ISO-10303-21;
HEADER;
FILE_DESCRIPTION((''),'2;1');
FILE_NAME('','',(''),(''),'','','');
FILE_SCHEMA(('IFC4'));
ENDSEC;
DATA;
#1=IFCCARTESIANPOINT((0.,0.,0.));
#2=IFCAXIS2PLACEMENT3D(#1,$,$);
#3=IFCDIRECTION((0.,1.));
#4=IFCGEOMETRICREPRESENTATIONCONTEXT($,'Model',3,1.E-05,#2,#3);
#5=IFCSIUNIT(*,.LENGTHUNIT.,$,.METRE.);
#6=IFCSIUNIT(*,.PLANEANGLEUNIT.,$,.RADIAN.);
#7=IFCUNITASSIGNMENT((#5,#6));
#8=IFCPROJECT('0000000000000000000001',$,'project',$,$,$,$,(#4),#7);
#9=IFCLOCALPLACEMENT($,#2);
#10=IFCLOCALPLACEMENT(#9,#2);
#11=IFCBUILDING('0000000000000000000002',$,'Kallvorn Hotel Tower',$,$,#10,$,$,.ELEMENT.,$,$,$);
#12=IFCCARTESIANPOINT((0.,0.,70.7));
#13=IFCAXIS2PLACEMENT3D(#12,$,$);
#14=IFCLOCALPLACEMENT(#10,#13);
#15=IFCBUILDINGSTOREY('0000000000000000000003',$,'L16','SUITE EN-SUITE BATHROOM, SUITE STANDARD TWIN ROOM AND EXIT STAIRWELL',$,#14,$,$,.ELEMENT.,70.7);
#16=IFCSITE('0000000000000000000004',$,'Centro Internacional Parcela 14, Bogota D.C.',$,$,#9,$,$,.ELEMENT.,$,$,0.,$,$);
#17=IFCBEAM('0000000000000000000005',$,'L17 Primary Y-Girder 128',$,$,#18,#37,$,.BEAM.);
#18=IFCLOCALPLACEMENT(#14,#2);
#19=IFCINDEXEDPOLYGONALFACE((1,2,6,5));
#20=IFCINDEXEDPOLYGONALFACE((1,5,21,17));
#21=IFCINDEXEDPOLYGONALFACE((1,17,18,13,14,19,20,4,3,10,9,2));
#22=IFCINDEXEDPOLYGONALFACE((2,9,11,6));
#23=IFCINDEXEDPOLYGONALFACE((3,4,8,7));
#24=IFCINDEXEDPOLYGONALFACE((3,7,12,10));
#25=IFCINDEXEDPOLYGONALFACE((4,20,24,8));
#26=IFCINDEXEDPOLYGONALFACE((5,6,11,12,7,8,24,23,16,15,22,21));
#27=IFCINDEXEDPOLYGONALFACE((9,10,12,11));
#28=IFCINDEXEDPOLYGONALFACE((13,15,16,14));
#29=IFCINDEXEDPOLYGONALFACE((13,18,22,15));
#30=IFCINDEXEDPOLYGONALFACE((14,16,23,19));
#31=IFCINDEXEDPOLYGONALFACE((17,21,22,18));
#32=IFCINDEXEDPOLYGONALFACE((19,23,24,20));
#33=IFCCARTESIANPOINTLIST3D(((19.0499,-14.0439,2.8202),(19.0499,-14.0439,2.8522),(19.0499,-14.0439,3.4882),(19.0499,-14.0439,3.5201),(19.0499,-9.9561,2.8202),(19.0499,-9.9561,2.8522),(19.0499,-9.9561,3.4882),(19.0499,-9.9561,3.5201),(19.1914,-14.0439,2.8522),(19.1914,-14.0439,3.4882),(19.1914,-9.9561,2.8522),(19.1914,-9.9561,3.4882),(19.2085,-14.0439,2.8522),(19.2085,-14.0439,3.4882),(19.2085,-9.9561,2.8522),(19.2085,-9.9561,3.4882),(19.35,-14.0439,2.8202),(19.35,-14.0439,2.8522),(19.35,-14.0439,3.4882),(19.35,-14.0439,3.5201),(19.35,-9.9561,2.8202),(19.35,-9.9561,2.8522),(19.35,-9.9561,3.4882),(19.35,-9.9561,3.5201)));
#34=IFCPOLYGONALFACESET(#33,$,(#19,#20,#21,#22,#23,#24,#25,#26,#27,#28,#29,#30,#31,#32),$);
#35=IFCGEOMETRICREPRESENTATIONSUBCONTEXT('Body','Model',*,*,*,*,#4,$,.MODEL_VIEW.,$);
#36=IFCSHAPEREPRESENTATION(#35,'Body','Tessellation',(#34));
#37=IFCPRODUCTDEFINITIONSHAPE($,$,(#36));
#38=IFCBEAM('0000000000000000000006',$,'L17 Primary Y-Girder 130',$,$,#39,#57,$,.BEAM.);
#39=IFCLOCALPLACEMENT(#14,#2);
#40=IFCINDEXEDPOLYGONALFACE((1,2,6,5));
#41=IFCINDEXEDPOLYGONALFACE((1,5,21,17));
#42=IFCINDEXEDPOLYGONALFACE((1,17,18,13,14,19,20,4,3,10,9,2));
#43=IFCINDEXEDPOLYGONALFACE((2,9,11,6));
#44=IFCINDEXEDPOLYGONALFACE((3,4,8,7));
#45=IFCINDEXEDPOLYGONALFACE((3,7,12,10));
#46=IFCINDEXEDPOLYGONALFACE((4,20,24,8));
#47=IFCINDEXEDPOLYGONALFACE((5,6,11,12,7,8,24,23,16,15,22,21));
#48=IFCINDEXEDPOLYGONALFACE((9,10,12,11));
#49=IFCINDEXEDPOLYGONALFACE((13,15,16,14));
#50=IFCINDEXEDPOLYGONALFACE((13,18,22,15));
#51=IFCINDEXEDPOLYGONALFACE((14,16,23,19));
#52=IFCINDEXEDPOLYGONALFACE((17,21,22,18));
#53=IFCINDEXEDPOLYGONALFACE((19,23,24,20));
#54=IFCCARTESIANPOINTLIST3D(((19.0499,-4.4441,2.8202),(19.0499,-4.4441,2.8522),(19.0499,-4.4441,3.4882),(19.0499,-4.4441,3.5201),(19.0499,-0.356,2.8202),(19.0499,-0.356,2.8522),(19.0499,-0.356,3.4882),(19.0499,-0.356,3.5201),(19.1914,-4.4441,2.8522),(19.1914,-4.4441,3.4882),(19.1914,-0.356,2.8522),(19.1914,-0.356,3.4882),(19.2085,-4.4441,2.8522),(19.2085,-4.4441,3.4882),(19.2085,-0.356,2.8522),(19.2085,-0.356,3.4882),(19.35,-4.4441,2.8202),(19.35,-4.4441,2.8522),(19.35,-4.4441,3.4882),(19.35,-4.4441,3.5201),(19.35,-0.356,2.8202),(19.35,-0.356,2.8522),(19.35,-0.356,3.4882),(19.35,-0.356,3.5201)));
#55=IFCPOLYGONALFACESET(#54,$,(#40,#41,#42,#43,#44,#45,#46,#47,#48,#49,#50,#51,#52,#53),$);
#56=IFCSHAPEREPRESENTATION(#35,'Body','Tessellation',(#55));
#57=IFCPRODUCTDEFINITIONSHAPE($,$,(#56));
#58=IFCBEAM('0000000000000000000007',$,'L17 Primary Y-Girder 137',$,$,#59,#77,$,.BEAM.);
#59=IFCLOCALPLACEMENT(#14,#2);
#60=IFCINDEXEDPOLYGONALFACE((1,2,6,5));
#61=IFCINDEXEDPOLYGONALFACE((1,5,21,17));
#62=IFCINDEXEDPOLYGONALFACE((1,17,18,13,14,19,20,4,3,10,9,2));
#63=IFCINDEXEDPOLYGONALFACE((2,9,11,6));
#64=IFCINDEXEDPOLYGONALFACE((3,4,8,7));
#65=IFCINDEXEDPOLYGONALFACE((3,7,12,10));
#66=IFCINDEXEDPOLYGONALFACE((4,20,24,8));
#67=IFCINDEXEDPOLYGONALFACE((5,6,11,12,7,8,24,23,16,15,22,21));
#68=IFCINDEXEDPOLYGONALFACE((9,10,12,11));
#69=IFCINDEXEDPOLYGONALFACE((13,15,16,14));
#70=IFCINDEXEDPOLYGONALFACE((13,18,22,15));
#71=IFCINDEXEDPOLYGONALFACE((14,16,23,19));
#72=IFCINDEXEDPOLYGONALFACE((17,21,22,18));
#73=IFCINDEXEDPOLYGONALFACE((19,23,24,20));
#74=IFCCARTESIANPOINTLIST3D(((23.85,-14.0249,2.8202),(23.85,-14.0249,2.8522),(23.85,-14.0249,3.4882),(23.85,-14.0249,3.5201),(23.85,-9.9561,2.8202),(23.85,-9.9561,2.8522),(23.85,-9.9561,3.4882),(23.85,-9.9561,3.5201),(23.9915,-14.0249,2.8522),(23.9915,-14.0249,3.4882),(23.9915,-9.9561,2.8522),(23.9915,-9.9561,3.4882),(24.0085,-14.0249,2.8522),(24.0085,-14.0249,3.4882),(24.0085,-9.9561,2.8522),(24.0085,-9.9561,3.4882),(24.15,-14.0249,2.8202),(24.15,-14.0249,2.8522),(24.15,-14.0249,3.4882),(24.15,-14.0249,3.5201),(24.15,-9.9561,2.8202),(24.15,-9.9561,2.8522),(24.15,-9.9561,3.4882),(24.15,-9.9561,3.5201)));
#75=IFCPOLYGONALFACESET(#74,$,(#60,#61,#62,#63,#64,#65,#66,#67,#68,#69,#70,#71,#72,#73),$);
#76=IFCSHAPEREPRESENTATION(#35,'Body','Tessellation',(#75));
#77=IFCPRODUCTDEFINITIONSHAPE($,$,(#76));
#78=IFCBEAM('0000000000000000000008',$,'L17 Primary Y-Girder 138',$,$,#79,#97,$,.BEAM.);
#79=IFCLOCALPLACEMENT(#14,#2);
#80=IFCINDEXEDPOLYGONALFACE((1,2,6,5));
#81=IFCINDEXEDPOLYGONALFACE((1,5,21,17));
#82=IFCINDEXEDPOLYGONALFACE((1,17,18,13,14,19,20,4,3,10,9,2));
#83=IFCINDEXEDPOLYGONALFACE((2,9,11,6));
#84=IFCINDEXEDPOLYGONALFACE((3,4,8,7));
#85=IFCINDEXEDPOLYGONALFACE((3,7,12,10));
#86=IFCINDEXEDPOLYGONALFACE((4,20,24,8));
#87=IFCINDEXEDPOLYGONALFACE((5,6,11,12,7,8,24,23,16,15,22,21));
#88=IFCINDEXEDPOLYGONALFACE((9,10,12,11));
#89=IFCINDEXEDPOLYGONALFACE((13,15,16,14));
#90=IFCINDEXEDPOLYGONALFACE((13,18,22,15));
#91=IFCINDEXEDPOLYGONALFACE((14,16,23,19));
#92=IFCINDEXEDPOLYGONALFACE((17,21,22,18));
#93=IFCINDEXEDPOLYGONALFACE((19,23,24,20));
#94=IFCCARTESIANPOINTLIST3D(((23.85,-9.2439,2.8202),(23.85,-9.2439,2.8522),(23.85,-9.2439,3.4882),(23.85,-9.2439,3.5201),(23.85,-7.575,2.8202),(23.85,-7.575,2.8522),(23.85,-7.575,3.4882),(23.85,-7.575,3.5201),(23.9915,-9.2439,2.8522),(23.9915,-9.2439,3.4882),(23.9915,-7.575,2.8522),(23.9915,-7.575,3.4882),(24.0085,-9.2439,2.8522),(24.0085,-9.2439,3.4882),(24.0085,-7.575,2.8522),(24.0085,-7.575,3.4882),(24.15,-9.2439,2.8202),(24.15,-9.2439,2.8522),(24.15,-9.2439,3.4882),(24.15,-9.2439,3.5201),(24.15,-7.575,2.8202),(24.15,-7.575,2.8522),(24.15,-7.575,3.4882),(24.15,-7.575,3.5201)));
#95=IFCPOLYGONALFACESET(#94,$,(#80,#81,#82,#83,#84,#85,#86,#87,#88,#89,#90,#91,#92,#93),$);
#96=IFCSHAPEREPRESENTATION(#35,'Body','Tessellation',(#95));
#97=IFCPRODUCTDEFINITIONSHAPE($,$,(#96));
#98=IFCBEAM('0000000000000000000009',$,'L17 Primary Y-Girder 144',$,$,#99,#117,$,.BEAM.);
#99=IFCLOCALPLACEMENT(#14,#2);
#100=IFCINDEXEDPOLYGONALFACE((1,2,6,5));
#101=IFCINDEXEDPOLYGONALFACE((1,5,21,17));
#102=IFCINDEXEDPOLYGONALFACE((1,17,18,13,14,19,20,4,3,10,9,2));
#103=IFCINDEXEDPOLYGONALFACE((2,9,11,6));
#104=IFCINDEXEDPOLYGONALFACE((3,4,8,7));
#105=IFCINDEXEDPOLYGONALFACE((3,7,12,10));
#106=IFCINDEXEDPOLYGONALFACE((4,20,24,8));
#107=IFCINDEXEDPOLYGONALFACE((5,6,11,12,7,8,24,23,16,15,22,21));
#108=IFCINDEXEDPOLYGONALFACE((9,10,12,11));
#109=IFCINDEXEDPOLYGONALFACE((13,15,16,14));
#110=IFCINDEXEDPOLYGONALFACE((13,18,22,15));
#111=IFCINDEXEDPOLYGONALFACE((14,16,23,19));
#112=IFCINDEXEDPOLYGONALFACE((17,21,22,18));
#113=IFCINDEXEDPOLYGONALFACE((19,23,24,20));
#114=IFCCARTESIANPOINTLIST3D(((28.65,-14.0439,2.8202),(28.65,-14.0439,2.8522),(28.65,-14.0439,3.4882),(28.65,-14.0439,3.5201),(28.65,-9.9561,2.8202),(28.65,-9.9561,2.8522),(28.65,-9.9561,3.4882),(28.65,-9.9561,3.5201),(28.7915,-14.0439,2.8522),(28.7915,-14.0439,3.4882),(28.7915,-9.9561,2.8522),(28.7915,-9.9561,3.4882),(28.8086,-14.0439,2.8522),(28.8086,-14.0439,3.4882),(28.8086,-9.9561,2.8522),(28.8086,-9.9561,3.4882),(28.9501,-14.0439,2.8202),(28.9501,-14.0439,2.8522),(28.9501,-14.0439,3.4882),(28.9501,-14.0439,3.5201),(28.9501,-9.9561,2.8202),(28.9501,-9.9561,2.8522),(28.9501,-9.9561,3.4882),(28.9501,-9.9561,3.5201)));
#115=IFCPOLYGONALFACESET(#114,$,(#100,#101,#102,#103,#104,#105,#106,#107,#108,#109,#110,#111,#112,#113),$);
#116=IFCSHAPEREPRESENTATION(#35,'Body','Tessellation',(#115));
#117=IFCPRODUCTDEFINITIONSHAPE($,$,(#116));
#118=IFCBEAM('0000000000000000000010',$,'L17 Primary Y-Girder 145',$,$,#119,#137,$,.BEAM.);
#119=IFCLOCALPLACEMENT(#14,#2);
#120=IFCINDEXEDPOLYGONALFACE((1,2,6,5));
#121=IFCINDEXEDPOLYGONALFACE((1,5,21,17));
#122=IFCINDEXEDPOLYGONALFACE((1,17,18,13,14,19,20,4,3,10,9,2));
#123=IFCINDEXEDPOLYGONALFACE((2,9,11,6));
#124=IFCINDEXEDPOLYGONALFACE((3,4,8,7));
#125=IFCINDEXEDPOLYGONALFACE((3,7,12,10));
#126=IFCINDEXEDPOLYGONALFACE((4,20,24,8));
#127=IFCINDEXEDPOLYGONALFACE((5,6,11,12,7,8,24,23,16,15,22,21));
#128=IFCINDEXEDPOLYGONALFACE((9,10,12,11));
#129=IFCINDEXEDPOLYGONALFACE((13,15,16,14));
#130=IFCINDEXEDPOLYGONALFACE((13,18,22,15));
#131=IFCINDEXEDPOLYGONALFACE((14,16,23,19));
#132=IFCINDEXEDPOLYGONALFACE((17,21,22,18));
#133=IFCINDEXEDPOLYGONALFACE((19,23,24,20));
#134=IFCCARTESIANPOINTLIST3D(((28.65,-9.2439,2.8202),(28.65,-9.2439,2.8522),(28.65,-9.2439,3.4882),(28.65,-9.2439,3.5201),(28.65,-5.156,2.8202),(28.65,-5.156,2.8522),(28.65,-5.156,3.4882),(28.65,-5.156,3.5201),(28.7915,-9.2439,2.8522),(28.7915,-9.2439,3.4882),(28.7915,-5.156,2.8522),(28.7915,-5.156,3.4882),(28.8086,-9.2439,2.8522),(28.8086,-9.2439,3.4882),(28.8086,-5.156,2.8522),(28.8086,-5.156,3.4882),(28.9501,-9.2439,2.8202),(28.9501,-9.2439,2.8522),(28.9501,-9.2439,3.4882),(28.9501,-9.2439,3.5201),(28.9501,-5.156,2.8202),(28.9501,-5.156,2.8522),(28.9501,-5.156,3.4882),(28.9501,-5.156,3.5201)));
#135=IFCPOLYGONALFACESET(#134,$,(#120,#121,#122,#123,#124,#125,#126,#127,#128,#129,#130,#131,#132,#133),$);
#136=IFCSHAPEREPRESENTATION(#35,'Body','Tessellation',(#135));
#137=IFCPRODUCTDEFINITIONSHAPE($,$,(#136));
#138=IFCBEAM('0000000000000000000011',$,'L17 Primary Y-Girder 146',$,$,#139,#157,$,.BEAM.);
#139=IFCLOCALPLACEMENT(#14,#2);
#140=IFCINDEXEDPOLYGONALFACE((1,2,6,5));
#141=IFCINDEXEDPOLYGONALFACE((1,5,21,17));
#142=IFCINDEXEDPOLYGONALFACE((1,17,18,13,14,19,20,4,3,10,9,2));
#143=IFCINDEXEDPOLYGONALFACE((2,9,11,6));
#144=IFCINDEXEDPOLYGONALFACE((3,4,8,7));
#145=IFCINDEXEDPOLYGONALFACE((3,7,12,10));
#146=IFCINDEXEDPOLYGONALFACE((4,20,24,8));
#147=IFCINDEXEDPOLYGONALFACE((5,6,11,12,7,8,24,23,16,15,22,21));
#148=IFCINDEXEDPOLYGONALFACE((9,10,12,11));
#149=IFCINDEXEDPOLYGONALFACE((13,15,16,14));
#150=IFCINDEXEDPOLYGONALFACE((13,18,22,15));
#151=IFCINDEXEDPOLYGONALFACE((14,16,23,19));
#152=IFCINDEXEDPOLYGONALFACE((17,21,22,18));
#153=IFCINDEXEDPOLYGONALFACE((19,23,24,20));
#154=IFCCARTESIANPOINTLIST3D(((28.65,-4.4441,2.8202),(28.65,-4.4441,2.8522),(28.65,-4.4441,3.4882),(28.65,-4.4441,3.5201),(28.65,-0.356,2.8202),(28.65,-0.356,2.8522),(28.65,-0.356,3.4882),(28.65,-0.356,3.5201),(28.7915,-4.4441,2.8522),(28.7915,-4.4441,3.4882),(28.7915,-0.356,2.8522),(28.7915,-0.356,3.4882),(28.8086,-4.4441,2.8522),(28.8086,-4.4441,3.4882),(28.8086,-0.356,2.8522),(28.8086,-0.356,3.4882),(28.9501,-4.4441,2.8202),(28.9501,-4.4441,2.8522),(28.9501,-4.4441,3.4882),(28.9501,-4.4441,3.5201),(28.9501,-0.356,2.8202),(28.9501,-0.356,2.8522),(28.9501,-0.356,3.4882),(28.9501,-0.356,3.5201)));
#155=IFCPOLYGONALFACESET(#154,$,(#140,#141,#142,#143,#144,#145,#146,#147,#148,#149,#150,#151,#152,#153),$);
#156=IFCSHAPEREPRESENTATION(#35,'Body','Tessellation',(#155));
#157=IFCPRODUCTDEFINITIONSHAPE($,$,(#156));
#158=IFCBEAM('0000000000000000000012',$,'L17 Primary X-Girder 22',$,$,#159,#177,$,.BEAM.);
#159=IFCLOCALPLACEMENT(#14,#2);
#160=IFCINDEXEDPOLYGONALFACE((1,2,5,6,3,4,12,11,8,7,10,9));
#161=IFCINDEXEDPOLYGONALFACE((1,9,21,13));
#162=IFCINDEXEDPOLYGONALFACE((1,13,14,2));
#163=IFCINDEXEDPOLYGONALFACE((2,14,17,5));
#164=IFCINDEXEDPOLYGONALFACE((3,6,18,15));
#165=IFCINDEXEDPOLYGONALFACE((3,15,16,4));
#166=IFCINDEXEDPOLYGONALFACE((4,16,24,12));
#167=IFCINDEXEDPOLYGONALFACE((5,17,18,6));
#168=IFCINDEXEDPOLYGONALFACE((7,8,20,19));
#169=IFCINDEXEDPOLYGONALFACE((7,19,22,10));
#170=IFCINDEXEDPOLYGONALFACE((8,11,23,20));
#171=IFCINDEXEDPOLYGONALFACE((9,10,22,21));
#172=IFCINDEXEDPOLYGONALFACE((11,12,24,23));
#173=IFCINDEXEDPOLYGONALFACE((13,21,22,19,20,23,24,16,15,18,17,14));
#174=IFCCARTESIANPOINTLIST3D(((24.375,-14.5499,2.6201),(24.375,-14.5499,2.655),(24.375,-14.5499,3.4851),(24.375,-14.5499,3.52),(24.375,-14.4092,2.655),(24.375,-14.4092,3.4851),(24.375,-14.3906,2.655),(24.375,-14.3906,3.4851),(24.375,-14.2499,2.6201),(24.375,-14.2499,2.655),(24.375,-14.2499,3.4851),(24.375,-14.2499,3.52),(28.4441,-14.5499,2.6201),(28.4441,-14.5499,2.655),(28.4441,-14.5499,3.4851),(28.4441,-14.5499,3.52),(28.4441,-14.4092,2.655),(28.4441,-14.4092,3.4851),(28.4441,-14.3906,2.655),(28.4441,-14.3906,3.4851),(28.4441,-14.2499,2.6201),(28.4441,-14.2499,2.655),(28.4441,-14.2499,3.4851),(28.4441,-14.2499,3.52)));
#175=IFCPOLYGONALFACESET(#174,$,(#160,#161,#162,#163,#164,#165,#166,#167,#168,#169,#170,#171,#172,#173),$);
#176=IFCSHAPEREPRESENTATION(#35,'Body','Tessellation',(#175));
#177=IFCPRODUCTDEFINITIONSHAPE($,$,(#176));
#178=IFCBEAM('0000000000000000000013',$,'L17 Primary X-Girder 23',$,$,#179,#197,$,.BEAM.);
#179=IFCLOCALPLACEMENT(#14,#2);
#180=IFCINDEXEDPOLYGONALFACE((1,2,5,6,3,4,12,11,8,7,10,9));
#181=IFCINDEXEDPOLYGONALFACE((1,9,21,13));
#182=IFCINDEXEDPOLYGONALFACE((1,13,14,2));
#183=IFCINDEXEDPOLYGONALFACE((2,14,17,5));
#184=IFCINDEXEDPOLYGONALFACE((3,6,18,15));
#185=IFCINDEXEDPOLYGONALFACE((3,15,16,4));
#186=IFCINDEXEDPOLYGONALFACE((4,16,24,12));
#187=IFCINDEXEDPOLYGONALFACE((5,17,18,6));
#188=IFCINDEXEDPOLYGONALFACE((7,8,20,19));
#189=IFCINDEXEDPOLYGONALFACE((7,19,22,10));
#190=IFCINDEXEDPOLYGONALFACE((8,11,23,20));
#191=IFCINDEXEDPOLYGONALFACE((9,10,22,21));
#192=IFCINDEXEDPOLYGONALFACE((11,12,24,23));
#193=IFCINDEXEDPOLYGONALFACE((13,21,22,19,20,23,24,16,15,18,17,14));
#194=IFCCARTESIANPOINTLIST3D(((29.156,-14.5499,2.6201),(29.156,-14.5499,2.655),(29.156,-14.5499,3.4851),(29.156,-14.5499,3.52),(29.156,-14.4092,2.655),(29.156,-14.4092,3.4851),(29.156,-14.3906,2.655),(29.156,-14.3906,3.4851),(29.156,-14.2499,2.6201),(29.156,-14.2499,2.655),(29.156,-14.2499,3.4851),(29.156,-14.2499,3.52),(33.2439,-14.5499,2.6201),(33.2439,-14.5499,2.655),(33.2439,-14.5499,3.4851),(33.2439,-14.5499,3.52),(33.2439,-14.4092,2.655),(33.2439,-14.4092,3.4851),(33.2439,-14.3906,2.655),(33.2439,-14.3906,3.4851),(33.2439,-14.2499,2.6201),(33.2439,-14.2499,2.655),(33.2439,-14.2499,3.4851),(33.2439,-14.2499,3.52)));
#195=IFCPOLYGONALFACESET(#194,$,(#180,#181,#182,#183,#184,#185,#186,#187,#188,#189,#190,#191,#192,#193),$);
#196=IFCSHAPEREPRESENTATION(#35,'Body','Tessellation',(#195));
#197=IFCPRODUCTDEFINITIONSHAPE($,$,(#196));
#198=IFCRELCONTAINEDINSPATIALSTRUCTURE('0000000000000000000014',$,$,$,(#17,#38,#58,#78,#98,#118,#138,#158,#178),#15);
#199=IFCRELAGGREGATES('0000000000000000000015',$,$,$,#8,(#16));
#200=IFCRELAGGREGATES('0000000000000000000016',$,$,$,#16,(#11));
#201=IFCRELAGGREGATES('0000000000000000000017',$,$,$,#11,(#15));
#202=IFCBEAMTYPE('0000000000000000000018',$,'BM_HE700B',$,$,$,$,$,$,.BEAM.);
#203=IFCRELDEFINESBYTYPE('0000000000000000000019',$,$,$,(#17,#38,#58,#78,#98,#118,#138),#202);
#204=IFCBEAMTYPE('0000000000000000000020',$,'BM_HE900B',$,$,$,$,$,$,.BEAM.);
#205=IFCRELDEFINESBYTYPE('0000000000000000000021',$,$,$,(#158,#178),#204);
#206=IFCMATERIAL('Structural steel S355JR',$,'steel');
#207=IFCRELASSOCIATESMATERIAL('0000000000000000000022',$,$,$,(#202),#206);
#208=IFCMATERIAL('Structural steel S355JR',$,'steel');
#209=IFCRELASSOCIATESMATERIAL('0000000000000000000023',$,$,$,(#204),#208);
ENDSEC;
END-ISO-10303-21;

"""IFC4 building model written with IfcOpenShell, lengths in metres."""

from ifc_helpers import new_model, si_unit, direction, frame, origin, origin_2d, place, context, subcontext, project, spatial, i_section, extrude, material, material_profile, profile_set, type_object, element, save


model = new_model("IFC4")

# Units and contexts
model_context = context("Model", 3, precision=1e-05, world=origin(), true_north=direction((0.0, 1.0)))
body_context = subcontext(model_context, "Body", "Model", "MODEL_VIEW")
ifc_project = project(units=[si_unit("LENGTHUNIT", "METRE"), si_unit("PLANEANGLEUNIT", "RADIAN")], contexts=[model_context])

# Site, building, storey
site_placement = place(None, origin())
site = spatial("IfcSite", under=ifc_project, at=site_placement, Name="Centro Internacional Parcela 14, Bogota D.C.", CompositionType="ELEMENT", RefElevation=0.0)
building_placement = place(site_placement, origin())
building = spatial("IfcBuilding", under=site, at=building_placement, Name="Kallvorn Hotel Tower", CompositionType="ELEMENT")
storey_placement = place(building_placement, frame((0.0, 0.0, 70.7)))
storey = spatial("IfcBuildingStorey", under=building, at=storey_placement, Name="L16", Description="SUITE EN-SUITE BATHROOM, SUITE STANDARD TWIN ROOM AND EXIT STAIRWELL", CompositionType="ELEMENT", Elevation=70.7)

# Beams
ifc_material_1 = material(Name="Structural steel S355JR", Category="steel")
ifc_material_profile_1 = material_profile(ifc_material_1, i_section(OverallWidth=0.3, OverallDepth=0.7, WebThickness=0.0171, FlangeThickness=0.032, at=origin_2d()), Name="HE 700 B")
ifc_profile_set_1 = profile_set([ifc_material_profile_1], Name="Structural steel S355JR")
beam_type_1 = type_object("IfcBeamType", Name="BM_HE700B", PredefinedType="BEAM", material=ifc_profile_set_1)
beam_1_placement = place(storey_placement, frame((19.2, -14.0439, 3.1702), z_axis=(0.0, 1.0, 0.0), x_axis=(-1.0, 0.0, 0.0)))
element("IfcBeam", 1, at=beam_1_placement, inside=storey, type_object=beam_type_1, Name="L17 Primary Y-Girder 128", PredefinedType="BEAM", context=body_context, shape_type="SweptSolid", body=[
    extrude(i_section(OverallWidth=0.3, OverallDepth=0.7, WebThickness=0.0171, FlangeThickness=0.032, at=origin_2d()), origin(), (0.0, 0.0, 1.0), 4.0879),
])
beam_2_placement = place(storey_placement, frame((19.2, -4.4441, 3.1702), z_axis=(0.0, 1.0, 0.0), x_axis=(-1.0, 0.0, 0.0)))
element("IfcBeam", 2, at=beam_2_placement, inside=storey, type_object=beam_type_1, Name="L17 Primary Y-Girder 130", PredefinedType="BEAM", context=body_context, shape_type="SweptSolid", body=[
    extrude(i_section(OverallWidth=0.3, OverallDepth=0.7, WebThickness=0.0171, FlangeThickness=0.032, at=origin_2d()), origin(), (0.0, 0.0, 1.0), 4.0881),
])
beam_3_placement = place(storey_placement, frame((24.0, -14.0249, 3.1702), z_axis=(0.0, 1.0, 0.0), x_axis=(-1.0, 0.0, 0.0)))
element("IfcBeam", 3, at=beam_3_placement, inside=storey, type_object=beam_type_1, Name="L17 Primary Y-Girder 137", PredefinedType="BEAM", context=body_context, shape_type="SweptSolid", body=[
    extrude(i_section(OverallWidth=0.3, OverallDepth=0.7, WebThickness=0.0171, FlangeThickness=0.032, at=origin_2d()), origin(), (0.0, 0.0, 1.0), 4.0688),
])
beam_4_placement = place(storey_placement, frame((24.0, -9.2439, 3.1702), z_axis=(0.0, 1.0, 0.0), x_axis=(-1.0, 0.0, 0.0)))
element("IfcBeam", 4, at=beam_4_placement, inside=storey, type_object=beam_type_1, Name="L17 Primary Y-Girder 138", PredefinedType="BEAM", context=body_context, shape_type="SweptSolid", body=[
    extrude(i_section(OverallWidth=0.3, OverallDepth=0.7, WebThickness=0.0171, FlangeThickness=0.032, at=origin_2d()), origin(), (0.0, 0.0, 1.0), 1.6689),
])
for number, where, z_axis, x_axis, name in (
    (5, (28.8, -14.0439, 3.1702), (0.0, 1.0, 0.0), (-1.0, 0.0, 0.0), "L17 Primary Y-Girder 144"),
    (6, (28.8, -9.2439, 3.1702), (0.0, 1.0, 0.0), (-1.0, 0.0, 0.0), "L17 Primary Y-Girder 145"),
):
    element("IfcBeam", number, at=place(storey_placement, frame(where, z_axis=z_axis, x_axis=x_axis)), inside=storey, type_object=beam_type_1, Name=name, PredefinedType="BEAM", context=body_context, shape_type="SweptSolid", body=[
        extrude(i_section(OverallWidth=0.3, OverallDepth=0.7, WebThickness=0.0171, FlangeThickness=0.032, at=origin_2d()), origin(), (0.0, 0.0, 1.0), 4.0879),
    ])
beam_5_placement = place(storey_placement, frame((28.8, -4.4441, 3.1702), z_axis=(0.0, 1.0, 0.0), x_axis=(-1.0, 0.0, 0.0)))
element("IfcBeam", 7, at=beam_5_placement, inside=storey, type_object=beam_type_1, Name="L17 Primary Y-Girder 146", PredefinedType="BEAM", context=body_context, shape_type="SweptSolid", body=[
    extrude(i_section(OverallWidth=0.3, OverallDepth=0.7, WebThickness=0.0171, FlangeThickness=0.032, at=origin_2d()), origin(), (0.0, 0.0, 1.0), 4.0881),
])
ifc_material_2 = material(Name="Structural steel S355JR", Category="steel")
ifc_material_profile_2 = material_profile(ifc_material_2, i_section(OverallWidth=0.3, OverallDepth=0.8999, WebThickness=0.0186, FlangeThickness=0.0349, at=origin_2d()), Name="HE 900 B")
ifc_profile_set_2 = profile_set([ifc_material_profile_2], Name="Structural steel S355JR")
beam_type_2 = type_object("IfcBeamType", Name="BM_HE900B", PredefinedType="BEAM", material=ifc_profile_set_2)
beam_6_placement = place(storey_placement, frame((24.375, -14.3999, 3.0701), z_axis=(1.0, 0.0, 0.0), x_axis=(0.0, 1.0, 0.0)))
element("IfcBeam", 8, at=beam_6_placement, inside=storey, type_object=beam_type_2, Name="L17 Primary X-Girder 22", PredefinedType="BEAM", context=body_context, shape_type="SweptSolid", body=[
    extrude(i_section(OverallWidth=0.3, OverallDepth=0.8999, WebThickness=0.0186, FlangeThickness=0.0349, at=origin_2d()), origin(), (0.0, 0.0, 1.0), 4.0691),
])
beam_7_placement = place(storey_placement, frame((29.156, -14.3999, 3.0701), z_axis=(1.0, 0.0, 0.0), x_axis=(0.0, 1.0, 0.0)))
element("IfcBeam", 9, at=beam_7_placement, inside=storey, type_object=beam_type_2, Name="L17 Primary X-Girder 23", PredefinedType="BEAM", context=body_context, shape_type="SweptSolid", body=[
    extrude(i_section(OverallWidth=0.3, OverallDepth=0.8999, WebThickness=0.0186, FlangeThickness=0.0349, at=origin_2d()), origin(), (0.0, 0.0, 1.0), 4.0879),
])

save(model, "model.ifc")
